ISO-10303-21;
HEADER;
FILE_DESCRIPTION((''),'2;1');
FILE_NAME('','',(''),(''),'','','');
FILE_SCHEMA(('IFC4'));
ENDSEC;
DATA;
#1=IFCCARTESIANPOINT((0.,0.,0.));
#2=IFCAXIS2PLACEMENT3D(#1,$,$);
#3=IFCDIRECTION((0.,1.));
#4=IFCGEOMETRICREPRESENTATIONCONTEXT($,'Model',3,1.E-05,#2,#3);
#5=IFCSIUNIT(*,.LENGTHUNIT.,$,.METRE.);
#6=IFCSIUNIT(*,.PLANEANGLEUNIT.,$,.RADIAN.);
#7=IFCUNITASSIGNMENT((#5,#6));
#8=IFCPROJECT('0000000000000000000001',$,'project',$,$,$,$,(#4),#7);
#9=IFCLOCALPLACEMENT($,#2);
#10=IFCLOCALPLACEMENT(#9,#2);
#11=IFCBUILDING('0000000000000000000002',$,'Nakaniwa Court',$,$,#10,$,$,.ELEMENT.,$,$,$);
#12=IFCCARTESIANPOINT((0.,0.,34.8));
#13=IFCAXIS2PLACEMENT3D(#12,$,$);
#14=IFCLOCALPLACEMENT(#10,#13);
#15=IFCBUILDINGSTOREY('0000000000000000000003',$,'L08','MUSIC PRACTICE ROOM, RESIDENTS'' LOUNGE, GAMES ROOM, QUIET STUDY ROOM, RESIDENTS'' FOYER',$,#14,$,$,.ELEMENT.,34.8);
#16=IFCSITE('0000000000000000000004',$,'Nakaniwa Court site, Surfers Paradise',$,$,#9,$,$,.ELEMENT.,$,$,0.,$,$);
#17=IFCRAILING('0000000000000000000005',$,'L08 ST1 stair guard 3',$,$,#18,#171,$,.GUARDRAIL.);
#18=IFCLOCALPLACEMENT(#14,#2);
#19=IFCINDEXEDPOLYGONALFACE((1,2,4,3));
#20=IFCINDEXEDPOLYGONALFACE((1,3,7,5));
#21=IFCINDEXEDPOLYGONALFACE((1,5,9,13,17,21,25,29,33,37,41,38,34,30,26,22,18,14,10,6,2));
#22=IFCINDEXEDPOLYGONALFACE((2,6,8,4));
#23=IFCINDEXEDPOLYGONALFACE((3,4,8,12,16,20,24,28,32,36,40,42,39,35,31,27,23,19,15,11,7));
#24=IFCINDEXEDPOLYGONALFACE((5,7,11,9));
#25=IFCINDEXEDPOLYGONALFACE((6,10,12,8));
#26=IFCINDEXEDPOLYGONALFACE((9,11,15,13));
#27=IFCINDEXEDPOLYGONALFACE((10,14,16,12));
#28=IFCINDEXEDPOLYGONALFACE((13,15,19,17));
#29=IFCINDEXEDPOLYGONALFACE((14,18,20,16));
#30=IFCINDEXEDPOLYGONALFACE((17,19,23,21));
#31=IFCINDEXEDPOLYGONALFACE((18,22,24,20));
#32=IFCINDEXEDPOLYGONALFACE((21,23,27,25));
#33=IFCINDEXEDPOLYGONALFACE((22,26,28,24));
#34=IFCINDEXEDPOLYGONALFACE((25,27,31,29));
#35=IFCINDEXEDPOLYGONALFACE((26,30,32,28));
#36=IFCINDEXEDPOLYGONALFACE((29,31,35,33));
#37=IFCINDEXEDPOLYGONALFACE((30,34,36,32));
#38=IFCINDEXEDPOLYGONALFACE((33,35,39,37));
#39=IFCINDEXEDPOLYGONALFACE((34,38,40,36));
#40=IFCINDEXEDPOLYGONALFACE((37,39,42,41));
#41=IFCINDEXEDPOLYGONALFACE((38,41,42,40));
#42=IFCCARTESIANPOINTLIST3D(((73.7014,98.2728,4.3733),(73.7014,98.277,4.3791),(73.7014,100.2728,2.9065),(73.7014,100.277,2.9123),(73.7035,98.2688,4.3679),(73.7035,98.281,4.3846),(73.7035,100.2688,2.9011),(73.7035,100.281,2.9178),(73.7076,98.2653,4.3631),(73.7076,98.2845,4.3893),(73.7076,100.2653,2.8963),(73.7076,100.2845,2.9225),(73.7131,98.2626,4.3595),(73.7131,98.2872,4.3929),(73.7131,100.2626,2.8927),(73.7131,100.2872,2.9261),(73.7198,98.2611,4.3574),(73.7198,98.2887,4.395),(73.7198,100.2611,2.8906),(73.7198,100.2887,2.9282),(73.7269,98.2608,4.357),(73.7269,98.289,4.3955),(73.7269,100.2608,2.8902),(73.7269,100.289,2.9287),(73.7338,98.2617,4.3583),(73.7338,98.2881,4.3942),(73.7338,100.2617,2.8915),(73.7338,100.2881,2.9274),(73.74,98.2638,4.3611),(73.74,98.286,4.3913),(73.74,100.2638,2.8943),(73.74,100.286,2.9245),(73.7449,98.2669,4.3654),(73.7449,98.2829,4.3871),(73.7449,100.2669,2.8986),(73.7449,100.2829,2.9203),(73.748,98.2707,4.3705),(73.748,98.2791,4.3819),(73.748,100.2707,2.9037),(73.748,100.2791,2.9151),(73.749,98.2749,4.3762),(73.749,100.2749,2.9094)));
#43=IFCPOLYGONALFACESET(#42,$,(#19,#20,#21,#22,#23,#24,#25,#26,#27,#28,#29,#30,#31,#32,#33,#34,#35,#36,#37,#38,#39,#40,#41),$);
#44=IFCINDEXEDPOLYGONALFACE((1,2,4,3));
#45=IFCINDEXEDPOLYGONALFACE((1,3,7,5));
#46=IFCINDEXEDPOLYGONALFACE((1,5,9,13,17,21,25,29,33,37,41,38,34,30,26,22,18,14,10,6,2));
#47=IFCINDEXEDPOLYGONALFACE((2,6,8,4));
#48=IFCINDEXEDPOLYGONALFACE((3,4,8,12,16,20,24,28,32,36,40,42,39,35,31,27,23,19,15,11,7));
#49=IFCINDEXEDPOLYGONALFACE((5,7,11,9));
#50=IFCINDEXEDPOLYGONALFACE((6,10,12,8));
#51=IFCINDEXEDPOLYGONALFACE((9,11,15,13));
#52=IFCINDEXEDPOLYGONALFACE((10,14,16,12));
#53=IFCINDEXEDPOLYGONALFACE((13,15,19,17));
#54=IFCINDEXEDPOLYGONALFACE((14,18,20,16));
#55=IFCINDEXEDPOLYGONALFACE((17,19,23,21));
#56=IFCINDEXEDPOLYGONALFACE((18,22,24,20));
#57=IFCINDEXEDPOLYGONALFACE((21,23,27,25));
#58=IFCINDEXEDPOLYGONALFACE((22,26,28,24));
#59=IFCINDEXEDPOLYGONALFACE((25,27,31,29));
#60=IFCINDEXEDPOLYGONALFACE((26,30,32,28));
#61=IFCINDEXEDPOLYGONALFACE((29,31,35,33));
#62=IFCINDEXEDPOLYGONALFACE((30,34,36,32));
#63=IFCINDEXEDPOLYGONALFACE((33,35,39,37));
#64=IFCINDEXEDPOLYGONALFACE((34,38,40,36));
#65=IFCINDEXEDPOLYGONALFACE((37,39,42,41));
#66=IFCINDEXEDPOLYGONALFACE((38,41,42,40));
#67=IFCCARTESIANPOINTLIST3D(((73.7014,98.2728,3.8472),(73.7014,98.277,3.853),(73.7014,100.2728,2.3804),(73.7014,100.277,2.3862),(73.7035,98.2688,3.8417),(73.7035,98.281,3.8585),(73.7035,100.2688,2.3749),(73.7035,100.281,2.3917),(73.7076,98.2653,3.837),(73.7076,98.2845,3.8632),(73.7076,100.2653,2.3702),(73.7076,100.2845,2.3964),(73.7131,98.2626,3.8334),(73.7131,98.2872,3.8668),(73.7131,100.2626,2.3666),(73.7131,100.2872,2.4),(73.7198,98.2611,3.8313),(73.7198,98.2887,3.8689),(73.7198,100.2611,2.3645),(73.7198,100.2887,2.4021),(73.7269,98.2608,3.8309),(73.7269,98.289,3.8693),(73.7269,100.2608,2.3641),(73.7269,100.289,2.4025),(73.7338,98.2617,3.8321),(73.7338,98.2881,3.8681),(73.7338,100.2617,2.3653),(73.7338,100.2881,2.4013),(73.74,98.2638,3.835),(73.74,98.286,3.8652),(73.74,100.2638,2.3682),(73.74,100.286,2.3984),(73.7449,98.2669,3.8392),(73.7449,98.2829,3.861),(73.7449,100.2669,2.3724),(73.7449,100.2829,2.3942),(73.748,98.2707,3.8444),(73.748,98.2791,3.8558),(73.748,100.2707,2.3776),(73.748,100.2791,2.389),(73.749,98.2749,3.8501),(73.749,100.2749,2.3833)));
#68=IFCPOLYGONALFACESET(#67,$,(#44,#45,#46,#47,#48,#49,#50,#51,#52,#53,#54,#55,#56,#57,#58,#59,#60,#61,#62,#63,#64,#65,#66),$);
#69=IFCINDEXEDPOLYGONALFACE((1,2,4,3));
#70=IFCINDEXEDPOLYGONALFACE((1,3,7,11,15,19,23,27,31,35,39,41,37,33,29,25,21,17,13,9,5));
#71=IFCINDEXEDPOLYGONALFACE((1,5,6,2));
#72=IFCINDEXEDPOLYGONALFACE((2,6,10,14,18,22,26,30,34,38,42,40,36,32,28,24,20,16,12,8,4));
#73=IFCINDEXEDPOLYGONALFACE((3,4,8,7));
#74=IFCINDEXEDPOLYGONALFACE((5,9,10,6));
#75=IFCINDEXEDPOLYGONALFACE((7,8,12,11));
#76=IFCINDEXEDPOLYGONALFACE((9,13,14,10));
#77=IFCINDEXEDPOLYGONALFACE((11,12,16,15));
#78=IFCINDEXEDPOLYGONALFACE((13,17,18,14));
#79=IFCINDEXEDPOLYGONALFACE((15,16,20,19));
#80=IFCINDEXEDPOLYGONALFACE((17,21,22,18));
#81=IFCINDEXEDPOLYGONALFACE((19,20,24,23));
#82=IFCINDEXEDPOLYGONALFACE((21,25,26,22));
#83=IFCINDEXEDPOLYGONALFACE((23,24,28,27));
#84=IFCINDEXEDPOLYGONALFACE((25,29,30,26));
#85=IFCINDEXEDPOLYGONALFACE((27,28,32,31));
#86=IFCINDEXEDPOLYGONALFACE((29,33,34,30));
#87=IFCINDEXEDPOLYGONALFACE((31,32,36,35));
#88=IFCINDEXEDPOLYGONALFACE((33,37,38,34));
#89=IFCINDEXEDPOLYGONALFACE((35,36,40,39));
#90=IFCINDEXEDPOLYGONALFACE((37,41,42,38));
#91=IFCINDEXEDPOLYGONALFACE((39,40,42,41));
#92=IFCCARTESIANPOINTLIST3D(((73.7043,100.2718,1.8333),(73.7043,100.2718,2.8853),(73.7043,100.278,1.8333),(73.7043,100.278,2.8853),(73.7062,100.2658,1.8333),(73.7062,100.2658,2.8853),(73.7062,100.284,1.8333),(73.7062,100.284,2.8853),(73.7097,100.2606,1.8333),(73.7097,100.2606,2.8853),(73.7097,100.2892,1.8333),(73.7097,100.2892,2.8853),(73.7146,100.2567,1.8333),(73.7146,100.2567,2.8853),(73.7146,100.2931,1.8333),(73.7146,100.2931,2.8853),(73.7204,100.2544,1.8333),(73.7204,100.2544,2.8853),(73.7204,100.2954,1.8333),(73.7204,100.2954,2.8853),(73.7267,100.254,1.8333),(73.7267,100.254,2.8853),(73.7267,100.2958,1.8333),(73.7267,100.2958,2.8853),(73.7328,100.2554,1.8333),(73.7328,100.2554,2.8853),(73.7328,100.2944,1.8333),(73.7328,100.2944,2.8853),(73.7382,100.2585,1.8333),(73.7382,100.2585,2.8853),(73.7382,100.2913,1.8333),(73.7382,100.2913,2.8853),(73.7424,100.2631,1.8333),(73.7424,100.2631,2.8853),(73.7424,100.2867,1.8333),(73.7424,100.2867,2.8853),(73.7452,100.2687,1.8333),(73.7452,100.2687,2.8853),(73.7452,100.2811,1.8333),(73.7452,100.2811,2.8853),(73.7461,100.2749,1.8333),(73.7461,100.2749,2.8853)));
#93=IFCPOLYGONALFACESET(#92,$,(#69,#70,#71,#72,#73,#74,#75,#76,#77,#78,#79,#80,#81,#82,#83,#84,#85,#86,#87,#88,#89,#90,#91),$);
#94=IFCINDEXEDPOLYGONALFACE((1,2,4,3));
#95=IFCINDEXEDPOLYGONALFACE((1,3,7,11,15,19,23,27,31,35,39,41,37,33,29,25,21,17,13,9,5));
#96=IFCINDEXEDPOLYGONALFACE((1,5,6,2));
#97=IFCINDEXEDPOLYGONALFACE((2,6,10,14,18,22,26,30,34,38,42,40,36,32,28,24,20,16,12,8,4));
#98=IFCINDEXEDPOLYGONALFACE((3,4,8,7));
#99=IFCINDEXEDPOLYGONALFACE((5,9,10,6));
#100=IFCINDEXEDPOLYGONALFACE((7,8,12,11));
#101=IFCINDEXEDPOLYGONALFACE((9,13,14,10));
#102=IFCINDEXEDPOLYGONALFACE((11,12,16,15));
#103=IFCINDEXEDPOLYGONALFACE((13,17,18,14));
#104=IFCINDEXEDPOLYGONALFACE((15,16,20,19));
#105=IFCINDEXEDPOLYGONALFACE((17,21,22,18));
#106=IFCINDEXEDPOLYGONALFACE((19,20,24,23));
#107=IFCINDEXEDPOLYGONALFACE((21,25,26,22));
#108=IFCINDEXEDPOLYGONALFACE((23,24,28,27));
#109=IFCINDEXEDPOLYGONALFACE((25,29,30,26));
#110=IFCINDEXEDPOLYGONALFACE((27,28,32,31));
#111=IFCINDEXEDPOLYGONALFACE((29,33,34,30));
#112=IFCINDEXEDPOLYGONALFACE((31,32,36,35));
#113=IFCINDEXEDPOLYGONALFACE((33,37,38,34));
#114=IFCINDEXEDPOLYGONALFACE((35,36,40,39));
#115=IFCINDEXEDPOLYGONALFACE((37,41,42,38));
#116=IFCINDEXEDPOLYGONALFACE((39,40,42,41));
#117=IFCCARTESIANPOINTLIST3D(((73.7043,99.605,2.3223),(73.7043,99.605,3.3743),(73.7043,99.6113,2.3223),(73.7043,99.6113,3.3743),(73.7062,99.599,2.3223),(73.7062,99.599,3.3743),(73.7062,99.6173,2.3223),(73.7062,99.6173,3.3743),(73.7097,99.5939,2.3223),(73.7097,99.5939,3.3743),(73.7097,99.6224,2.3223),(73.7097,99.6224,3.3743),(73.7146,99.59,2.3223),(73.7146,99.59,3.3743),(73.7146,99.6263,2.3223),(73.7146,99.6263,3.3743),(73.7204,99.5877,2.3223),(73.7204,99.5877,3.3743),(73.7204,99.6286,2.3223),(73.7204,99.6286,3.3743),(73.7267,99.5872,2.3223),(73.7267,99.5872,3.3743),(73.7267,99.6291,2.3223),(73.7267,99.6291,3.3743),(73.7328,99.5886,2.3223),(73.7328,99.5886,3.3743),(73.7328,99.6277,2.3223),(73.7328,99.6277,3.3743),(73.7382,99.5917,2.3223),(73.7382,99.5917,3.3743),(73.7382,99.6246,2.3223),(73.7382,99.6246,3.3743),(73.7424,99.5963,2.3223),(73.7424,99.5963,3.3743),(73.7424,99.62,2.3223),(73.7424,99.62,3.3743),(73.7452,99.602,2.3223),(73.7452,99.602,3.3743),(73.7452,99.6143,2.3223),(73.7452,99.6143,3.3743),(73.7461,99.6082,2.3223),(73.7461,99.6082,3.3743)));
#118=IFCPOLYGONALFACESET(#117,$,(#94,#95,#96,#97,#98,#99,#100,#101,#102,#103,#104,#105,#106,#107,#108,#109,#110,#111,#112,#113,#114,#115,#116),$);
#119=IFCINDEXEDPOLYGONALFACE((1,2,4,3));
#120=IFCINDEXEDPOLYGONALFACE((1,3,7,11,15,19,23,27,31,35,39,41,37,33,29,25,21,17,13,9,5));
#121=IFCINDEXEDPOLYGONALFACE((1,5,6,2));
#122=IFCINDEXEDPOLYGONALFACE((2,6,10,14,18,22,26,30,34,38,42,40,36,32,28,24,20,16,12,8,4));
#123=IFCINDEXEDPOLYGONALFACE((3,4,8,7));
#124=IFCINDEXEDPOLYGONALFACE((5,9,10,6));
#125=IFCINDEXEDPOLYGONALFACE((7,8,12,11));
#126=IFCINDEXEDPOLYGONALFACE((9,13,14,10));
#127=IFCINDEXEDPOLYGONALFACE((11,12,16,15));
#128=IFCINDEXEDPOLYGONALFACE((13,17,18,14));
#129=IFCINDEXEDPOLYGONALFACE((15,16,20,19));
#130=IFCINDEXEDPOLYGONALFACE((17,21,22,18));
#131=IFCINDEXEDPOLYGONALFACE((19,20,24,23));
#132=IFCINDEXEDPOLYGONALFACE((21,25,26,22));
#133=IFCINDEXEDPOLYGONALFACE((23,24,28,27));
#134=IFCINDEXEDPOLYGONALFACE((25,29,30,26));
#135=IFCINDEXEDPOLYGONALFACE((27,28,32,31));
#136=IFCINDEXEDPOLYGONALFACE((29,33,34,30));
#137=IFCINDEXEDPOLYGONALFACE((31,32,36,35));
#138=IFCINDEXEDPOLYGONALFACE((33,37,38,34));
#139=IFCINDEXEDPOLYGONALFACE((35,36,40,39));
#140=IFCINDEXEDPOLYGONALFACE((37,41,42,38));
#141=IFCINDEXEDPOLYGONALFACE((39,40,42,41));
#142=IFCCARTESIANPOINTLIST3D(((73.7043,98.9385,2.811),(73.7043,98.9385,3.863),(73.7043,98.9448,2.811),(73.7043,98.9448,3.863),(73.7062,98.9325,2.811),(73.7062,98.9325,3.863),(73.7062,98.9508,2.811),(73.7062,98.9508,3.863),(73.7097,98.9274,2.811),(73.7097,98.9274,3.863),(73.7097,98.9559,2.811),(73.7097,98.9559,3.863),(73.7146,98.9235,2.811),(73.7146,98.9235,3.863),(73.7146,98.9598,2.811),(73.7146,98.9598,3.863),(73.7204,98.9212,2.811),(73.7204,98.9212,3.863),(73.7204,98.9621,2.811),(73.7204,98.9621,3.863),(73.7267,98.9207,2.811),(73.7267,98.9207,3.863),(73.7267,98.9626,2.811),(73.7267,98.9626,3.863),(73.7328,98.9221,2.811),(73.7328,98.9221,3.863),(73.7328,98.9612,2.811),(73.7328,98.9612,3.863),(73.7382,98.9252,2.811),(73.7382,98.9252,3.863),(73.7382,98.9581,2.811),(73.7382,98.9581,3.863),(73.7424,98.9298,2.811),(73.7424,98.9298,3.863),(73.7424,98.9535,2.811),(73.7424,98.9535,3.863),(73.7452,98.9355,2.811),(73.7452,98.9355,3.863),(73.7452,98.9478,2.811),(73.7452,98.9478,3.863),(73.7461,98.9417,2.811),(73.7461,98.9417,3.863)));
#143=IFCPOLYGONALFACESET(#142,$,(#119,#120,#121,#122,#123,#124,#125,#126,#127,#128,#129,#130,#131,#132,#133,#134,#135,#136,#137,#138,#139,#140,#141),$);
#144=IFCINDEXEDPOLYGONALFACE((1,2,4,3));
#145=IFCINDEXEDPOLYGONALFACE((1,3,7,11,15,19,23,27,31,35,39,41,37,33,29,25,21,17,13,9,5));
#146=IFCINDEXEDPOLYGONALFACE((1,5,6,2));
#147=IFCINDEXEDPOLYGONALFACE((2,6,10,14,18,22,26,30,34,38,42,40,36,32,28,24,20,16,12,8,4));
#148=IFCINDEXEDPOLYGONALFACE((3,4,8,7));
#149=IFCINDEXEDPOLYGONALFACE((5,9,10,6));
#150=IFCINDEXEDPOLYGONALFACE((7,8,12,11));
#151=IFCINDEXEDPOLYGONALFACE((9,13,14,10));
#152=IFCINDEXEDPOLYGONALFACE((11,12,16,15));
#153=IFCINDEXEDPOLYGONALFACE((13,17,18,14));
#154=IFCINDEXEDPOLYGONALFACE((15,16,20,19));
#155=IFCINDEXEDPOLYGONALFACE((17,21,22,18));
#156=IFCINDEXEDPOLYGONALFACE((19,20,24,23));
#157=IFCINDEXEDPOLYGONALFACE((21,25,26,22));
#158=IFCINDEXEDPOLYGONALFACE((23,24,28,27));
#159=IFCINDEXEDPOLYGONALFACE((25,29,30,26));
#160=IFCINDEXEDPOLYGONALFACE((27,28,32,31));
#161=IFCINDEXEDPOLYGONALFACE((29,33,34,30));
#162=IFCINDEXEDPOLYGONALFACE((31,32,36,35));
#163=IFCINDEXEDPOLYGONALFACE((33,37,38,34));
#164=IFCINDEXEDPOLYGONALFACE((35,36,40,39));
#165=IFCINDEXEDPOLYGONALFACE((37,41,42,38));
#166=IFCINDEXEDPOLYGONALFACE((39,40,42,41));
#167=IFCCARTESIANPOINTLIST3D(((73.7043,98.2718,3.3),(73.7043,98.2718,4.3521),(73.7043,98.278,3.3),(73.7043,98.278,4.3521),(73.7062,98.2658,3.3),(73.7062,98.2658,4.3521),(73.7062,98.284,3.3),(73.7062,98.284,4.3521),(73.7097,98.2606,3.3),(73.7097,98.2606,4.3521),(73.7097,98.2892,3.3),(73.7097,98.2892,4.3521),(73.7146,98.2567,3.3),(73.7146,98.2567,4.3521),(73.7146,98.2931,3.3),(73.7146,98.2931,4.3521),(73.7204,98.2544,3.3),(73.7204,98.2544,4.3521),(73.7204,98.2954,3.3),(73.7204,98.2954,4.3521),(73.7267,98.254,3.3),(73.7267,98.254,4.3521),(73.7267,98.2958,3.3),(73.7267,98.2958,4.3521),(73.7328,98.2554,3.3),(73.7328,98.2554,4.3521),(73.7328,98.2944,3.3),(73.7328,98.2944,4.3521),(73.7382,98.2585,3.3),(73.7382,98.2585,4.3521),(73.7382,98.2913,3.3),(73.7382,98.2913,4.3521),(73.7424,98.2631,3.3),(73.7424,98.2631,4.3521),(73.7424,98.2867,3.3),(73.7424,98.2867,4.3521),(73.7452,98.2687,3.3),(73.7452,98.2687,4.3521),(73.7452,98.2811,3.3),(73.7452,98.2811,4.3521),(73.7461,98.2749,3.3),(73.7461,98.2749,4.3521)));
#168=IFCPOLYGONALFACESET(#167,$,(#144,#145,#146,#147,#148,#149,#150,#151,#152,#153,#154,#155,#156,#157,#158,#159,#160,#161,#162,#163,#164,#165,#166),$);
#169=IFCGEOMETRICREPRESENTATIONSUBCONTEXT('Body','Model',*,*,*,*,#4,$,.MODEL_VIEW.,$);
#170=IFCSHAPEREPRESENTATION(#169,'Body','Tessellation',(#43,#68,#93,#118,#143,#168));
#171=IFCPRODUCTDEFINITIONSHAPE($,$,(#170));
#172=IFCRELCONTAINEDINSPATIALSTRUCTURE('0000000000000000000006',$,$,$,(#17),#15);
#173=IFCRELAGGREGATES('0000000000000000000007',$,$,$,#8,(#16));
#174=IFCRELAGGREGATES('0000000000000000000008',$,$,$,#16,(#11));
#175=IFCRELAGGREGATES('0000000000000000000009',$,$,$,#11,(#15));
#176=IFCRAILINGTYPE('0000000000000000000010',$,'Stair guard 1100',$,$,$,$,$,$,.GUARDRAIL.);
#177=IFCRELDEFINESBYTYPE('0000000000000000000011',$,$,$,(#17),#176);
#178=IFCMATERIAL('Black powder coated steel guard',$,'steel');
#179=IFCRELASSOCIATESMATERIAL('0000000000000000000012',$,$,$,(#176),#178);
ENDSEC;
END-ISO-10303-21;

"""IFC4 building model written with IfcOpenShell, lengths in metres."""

from ifc_helpers import new_model, si_unit, direction, frame, origin, origin_2d, place, context, subcontext, project, spatial, circle, extrude, material, type_object, element, save


model = new_model("IFC4")

# Units and contexts
model_context = context("Model", 3, precision=1e-05, world=origin(), true_north=direction((0.0, 1.0)))
body_context = subcontext(model_context, "Body", "Model", "MODEL_VIEW")
ifc_project = project(units=[si_unit("LENGTHUNIT", "METRE"), si_unit("PLANEANGLEUNIT", "RADIAN")], contexts=[model_context])

# Site, building, storey
site_placement = place(None, origin())
site = spatial("IfcSite", under=ifc_project, at=site_placement, Name="Nakaniwa Court site, Surfers Paradise", CompositionType="ELEMENT", RefElevation=0.0)
building_placement = place(site_placement, origin())
building = spatial("IfcBuilding", under=site, at=building_placement, Name="Nakaniwa Court", CompositionType="ELEMENT")
storey_placement = place(building_placement, frame((0.0, 0.0, 34.8)))
storey = spatial("IfcBuildingStorey", under=building, at=storey_placement, Name="L08", Description="MUSIC PRACTICE ROOM, RESIDENTS' LOUNGE, GAMES ROOM, QUIET STUDY ROOM, RESIDENTS' FOYER", CompositionType="ELEMENT", Elevation=34.8)

# Railing
ifc_material_1 = material(Name="Black powder coated steel guard", Category="steel")
railing_type_1 = type_object("IfcRailingType", Name="Stair guard 1100", PredefinedType="GUARDRAIL", material=ifc_material_1)
railing_1_placement = place(storey_placement, frame((73.7251, 100.2749, 1.8333)))
element("IfcRailing", 1, at=railing_1_placement, inside=storey, type_object=railing_type_1, Name="L08 ST1 stair guard 3", PredefinedType="GUARDRAIL", context=body_context, shape_type="SweptSolid", body=[
    extrude(circle(Radius=0.0239, at=origin_2d()), frame((0.0, 0.0, 1.0762), z_axis=(0.0, -0.80638, 0.591398), x_axis=(1.0, 0.0, 0.0)), (0.0, 0.0, 1.0), 2.4802),
    extrude(circle(Radius=0.0239, at=origin_2d()), frame((0.0, 0.0, 0.55), z_axis=(0.0, -0.80638, 0.591398), x_axis=(1.0, 0.0, 0.0)), (0.0, 0.0, 1.0), 2.4802),
    extrude(circle(Radius=0.021, at=origin_2d()), origin(), (0.0, 0.0, 1.0), 1.052),
    extrude(circle(Radius=0.021, at=origin_2d()), frame((0.0, -0.6667, 0.489)), (0.0, 0.0, 1.0), 1.052),
    extrude(circle(Radius=0.021, at=origin_2d()), frame((0.0, -1.3333, 0.9778)), (0.0, 0.0, 1.0), 1.052),
    extrude(circle(Radius=0.021, at=origin_2d()), frame((0.0, -2.0, 1.4668)), (0.0, 0.0, 1.0), 1.052),
])

save(model, "model.ifc")
